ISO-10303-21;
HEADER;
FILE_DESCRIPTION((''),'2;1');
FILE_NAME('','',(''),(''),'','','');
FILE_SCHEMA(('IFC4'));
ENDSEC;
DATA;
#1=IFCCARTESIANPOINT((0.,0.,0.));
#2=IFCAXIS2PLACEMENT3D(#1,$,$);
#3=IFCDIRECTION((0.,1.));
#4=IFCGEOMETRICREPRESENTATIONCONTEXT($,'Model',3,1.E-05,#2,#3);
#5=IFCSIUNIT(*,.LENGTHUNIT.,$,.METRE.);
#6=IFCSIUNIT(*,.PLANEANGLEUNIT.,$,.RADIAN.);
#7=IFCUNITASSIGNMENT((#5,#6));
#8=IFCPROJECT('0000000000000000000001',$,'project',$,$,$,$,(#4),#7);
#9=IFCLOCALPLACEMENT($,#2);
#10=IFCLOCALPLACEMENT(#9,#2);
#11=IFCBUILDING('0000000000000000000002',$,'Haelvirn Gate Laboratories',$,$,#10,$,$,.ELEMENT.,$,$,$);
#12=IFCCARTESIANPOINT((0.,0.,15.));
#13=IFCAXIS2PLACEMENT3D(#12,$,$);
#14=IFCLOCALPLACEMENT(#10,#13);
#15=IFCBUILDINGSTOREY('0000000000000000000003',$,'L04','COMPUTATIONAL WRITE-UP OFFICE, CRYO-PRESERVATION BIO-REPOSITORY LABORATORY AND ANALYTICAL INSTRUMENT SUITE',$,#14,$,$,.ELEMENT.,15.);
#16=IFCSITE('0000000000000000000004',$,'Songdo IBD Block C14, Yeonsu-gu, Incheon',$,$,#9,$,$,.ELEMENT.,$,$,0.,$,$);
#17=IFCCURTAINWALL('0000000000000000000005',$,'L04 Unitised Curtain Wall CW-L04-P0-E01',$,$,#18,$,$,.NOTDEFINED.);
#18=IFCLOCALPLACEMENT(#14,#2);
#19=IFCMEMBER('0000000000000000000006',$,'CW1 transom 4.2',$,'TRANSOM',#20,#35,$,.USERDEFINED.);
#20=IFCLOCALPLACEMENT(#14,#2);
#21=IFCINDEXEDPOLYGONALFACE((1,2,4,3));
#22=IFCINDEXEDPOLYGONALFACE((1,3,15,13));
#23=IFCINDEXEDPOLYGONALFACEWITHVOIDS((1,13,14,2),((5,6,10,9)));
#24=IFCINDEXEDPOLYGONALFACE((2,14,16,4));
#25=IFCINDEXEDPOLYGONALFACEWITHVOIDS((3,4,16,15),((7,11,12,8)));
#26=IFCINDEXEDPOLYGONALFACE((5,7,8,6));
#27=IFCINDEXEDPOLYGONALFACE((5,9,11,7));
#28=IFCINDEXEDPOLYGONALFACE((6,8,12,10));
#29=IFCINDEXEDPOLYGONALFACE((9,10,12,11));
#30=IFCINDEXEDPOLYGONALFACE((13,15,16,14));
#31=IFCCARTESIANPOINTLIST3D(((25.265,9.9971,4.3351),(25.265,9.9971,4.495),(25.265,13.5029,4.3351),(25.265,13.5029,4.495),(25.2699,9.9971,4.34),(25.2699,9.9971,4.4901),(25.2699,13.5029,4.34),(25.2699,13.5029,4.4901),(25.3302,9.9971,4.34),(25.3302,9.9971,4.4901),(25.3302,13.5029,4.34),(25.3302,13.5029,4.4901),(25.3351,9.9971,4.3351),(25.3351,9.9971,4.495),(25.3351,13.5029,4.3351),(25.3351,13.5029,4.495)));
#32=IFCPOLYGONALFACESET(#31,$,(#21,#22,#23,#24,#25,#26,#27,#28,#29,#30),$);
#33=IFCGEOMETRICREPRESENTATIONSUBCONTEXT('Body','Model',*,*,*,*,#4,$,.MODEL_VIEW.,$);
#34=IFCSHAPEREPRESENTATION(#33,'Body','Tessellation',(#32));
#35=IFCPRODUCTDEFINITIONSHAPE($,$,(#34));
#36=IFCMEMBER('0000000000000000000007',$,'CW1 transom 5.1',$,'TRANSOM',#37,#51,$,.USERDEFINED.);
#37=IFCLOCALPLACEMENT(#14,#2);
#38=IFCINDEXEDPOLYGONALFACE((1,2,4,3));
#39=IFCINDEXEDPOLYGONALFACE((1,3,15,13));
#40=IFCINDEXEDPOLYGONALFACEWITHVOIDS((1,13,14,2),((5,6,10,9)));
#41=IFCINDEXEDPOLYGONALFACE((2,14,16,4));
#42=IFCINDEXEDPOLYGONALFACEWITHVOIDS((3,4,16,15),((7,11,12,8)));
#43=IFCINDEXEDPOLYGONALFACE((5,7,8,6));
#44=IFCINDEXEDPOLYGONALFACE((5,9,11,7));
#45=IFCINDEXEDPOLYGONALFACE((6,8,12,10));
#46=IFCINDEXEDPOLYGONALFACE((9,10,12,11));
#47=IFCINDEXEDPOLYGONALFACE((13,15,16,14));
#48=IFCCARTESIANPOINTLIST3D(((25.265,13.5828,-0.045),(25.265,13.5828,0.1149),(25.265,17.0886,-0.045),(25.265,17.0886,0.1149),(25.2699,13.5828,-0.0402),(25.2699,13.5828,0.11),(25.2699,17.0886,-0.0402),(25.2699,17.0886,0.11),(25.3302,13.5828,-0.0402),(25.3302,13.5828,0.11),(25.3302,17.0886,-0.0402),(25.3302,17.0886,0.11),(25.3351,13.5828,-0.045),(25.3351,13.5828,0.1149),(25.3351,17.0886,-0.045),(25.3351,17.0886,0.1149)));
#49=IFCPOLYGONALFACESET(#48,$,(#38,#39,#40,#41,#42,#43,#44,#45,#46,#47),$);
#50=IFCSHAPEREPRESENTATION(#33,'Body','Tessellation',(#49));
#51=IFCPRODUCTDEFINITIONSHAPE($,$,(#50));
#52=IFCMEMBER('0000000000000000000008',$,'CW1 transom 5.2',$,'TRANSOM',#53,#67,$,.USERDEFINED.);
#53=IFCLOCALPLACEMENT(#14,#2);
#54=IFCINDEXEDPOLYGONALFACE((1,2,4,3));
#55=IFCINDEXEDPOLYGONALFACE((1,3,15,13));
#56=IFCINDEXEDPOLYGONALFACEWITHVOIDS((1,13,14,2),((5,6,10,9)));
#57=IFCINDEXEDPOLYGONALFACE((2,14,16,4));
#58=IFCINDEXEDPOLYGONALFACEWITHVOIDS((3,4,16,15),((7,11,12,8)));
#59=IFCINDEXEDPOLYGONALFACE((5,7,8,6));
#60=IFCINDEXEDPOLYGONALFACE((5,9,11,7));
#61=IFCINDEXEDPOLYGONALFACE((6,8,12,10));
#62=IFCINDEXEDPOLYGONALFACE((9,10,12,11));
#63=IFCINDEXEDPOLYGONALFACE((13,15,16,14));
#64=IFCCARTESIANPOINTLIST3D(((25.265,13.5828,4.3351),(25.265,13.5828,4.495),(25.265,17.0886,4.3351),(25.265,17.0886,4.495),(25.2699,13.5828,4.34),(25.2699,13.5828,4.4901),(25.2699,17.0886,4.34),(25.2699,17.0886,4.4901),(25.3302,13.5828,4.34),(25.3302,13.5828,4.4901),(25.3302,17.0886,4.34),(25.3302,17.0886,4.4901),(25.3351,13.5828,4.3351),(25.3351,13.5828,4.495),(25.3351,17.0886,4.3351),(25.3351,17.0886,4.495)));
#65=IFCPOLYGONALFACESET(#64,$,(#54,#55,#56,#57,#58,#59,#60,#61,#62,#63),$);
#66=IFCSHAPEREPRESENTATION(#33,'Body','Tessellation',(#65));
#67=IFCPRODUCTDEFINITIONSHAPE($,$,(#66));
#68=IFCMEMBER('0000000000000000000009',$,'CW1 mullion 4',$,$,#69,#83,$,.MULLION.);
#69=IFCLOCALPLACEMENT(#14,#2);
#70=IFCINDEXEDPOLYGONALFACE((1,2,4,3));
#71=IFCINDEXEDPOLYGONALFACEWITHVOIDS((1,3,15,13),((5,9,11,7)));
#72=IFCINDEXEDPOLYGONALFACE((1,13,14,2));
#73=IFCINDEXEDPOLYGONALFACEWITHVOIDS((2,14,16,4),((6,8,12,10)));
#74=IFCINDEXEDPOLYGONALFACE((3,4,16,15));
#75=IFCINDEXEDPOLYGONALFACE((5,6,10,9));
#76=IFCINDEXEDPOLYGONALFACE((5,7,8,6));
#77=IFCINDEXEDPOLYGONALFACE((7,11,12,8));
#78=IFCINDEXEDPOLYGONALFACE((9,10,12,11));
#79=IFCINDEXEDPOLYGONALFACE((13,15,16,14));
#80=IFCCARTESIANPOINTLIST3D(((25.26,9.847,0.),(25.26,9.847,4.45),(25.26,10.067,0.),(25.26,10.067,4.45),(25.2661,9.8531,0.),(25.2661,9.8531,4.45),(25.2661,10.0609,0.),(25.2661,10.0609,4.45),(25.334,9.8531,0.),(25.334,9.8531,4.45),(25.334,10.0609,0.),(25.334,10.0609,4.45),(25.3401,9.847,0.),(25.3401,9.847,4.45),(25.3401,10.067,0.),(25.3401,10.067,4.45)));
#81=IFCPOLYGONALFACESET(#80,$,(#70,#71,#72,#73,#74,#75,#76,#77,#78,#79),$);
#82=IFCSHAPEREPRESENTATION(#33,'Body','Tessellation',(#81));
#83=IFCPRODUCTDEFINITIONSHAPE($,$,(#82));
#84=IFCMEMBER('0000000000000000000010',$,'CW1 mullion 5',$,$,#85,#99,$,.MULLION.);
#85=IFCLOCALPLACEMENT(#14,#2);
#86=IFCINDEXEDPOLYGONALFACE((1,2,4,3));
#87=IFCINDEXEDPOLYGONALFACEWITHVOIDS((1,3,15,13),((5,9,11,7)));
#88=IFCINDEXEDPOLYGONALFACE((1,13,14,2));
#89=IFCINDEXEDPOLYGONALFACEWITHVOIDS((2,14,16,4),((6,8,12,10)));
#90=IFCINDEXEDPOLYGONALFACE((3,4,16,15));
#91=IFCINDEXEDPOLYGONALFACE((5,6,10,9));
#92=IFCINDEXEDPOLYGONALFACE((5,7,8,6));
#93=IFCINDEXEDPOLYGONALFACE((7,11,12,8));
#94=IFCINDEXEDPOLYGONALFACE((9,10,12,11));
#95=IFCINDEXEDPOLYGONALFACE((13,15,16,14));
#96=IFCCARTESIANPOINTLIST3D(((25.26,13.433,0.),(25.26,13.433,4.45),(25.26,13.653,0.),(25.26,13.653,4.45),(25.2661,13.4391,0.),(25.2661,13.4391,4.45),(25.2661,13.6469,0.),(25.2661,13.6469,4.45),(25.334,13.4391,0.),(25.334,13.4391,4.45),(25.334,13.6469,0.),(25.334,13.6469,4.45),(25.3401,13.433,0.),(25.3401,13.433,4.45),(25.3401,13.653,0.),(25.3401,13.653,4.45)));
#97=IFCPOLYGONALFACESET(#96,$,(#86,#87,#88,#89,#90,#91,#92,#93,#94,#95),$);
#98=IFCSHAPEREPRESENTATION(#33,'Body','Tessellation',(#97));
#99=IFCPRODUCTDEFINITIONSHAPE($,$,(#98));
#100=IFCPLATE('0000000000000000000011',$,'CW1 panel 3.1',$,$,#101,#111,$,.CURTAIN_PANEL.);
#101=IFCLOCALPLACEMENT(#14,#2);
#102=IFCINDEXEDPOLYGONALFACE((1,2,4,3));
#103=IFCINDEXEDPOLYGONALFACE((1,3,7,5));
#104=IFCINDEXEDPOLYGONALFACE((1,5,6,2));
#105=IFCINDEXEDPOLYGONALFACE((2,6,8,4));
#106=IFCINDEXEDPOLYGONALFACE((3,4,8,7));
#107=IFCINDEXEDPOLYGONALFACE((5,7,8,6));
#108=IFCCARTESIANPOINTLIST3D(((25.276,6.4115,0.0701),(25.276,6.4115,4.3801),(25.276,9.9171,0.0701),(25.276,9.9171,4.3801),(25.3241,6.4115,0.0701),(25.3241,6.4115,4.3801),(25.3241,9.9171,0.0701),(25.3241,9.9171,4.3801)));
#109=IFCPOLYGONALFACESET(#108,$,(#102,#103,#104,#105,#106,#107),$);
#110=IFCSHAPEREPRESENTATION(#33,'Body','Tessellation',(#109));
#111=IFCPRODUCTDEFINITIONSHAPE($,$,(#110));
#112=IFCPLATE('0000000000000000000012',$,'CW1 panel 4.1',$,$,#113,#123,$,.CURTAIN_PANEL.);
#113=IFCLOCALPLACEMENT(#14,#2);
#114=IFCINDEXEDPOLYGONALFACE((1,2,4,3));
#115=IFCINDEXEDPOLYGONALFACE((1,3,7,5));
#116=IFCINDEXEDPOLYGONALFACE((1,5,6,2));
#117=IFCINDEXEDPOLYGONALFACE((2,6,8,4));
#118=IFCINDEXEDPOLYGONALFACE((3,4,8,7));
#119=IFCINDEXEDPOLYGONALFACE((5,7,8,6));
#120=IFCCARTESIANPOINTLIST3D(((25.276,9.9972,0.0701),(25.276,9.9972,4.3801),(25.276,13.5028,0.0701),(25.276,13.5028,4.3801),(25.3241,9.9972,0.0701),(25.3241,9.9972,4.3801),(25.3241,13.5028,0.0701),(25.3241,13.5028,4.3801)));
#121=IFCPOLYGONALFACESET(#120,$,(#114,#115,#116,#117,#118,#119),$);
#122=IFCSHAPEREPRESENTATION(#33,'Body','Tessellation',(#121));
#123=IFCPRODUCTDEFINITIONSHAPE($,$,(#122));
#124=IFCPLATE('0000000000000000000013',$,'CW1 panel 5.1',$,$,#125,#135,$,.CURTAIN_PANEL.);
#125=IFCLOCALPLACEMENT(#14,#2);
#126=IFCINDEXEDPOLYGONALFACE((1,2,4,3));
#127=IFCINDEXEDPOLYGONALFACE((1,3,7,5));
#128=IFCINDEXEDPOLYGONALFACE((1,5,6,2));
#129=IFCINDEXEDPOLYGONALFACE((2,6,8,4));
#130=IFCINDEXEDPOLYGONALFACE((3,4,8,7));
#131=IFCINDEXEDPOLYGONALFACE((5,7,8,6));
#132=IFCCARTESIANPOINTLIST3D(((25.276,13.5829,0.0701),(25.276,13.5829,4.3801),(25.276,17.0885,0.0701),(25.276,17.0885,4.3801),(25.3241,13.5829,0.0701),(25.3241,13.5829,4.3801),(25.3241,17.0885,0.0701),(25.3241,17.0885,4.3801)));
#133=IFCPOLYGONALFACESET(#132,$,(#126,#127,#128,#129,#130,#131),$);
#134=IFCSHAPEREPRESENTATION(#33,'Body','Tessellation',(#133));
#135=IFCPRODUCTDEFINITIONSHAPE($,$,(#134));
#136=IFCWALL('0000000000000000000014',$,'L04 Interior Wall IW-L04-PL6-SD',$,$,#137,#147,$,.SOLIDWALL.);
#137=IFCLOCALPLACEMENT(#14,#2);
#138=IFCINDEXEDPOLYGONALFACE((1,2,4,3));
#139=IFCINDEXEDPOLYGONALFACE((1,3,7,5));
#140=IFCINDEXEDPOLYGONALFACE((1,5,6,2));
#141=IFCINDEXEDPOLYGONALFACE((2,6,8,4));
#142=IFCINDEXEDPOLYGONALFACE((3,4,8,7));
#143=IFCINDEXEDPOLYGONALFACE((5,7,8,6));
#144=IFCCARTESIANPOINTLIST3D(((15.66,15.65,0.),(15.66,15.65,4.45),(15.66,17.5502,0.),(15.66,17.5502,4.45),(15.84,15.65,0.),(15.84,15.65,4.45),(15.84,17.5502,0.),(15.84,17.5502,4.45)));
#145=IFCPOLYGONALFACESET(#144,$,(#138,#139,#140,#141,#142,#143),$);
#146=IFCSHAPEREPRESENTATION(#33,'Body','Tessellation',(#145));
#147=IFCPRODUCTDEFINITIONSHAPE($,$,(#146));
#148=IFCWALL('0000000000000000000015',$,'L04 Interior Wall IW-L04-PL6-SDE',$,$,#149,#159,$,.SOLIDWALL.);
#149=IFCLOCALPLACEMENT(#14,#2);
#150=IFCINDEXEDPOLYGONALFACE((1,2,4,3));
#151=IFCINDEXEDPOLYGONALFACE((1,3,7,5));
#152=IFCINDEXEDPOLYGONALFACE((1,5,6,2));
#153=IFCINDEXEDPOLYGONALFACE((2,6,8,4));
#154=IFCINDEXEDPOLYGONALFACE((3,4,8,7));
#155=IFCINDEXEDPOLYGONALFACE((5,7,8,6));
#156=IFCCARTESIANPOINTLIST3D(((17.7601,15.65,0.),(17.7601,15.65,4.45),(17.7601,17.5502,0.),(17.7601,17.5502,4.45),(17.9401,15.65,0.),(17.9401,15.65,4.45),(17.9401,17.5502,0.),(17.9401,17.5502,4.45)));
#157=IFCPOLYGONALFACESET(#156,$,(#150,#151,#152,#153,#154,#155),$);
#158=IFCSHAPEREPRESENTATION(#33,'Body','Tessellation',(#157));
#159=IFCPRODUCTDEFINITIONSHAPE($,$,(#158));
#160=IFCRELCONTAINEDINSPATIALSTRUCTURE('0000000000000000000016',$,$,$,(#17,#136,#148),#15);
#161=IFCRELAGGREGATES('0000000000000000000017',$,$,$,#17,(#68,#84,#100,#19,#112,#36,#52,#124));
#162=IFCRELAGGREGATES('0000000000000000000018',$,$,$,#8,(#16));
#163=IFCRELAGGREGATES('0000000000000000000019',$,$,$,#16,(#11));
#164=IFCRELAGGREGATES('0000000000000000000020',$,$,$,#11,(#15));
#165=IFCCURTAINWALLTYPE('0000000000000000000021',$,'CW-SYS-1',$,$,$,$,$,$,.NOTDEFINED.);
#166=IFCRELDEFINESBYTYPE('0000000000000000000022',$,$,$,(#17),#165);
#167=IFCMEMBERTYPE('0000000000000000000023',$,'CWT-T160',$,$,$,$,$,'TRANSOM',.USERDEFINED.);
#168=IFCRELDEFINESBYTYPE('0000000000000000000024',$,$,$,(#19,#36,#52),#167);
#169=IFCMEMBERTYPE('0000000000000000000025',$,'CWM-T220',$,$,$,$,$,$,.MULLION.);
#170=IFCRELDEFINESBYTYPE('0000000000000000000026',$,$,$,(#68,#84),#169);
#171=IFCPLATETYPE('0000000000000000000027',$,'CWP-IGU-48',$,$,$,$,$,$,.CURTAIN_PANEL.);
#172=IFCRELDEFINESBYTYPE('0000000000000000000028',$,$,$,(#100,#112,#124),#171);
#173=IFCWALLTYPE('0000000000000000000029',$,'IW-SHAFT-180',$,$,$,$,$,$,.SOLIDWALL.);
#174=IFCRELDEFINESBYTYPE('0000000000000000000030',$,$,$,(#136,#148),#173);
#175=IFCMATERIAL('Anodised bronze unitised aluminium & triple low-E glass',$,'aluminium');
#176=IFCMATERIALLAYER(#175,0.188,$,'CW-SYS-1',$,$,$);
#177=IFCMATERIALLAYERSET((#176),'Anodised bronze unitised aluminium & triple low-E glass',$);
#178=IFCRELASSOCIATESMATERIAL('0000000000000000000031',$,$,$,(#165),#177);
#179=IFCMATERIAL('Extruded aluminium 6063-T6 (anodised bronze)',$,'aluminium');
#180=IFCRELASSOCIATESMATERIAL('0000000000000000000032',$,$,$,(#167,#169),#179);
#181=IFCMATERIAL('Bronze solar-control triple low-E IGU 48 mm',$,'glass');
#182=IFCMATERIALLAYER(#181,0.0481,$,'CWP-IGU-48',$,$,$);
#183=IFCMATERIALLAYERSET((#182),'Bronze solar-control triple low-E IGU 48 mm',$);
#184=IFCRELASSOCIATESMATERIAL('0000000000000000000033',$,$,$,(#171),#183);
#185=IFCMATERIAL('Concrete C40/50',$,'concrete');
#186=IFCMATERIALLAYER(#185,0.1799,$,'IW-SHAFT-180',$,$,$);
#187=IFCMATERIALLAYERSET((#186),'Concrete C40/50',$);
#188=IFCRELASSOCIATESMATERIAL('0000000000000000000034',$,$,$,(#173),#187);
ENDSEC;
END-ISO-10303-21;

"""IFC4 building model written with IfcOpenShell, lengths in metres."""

from ifc_helpers import new_model, si_unit, direction, frame, frame_2d, origin, origin_2d, place, context, subcontext, project, spatial, rectangle, hollow_rectangle, extrude, source, transform, mapped, material, layer, layer_set, material_profile, profile_set, type_object, type_shapes, element, aggregate, save


model = new_model("IFC4")

# Units and contexts
model_context = context("Model", 3, precision=1e-05, world=origin(), true_north=direction((0.0, 1.0)))
body_context = subcontext(model_context, "Body", "Model", "MODEL_VIEW")
ifc_project = project(units=[si_unit("LENGTHUNIT", "METRE"), si_unit("PLANEANGLEUNIT", "RADIAN")], contexts=[model_context])

# Site, building, storey
site_placement = place(None, origin())
site = spatial("IfcSite", under=ifc_project, at=site_placement, Name="Songdo IBD Block C14, Yeonsu-gu, Incheon", CompositionType="ELEMENT", RefElevation=0.0)
building_placement = place(site_placement, origin())
building = spatial("IfcBuilding", under=site, at=building_placement, Name="Haelvirn Gate Laboratories", CompositionType="ELEMENT")
storey_placement = place(building_placement, frame((0.0, 0.0, 15.0)))
storey = spatial("IfcBuildingStorey", under=building, at=storey_placement, Name="L04", Description="COMPUTATIONAL WRITE-UP OFFICE, CRYO-PRESERVATION BIO-REPOSITORY LABORATORY AND ANALYTICAL INSTRUMENT SUITE", CompositionType="ELEMENT", Elevation=15.0)

# Curtain wall, members, plates
ifc_material_1 = material(Name="Anodised bronze unitised aluminium & triple low-E glass", Category="aluminium")
ifc_layer_1 = layer(ifc_material_1, 0.188, Name="CW-SYS-1")
ifc_layer_set_1 = layer_set([ifc_layer_1], Name="Anodised bronze unitised aluminium & triple low-E glass")
curtain_wall_type = type_object("IfcCurtainWallType", Name="CW-SYS-1", PredefinedType="NOTDEFINED", material=ifc_layer_set_1)
curtain_wall_placement = place(storey_placement, origin())
curtain_wall = element("IfcCurtainWall", 1, at=curtain_wall_placement, inside=storey, type_object=curtain_wall_type, Name="L04 Unitised Curtain Wall CW-L04-P0-E01", PredefinedType="NOTDEFINED")
ifc_material_2 = material(Name="Extruded aluminium 6063-T6 (anodised bronze)", Category="aluminium")
ifc_material_profile_1 = material_profile(ifc_material_2, hollow_rectangle(XDim=0.0701, YDim=0.1599, WallThickness=0.0049, at=origin_2d()), Name="CWT-160x70x5")
ifc_profile_set_1 = profile_set([ifc_material_profile_1], Name="Extruded aluminium 6063-T6 (anodised bronze)")
member_type_1 = type_object("IfcMemberType", Name="CWT-T160", ElementType="TRANSOM", PredefinedType="USERDEFINED", material=ifc_profile_set_1)
shared_shape_1 = source(origin(), body_context, "Body", "SweptSolid", [
    extrude(hollow_rectangle(XDim=0.0701, YDim=0.1599, WallThickness=0.0049, at=origin_2d()), origin(), (0.0, 0.0, 1.0), 3.5059),
])
type_shapes(member_type_1, [shared_shape_1])
member_1_placement = place(storey_placement, frame((25.3, 9.9971, 4.415), z_axis=(0.0, 1.0, 0.0), x_axis=(-1.0, 0.0, 0.0)))
member_1 = element("IfcMember", 2, at=member_1_placement, type_object=member_type_1, Name="CW1 transom 4.2", ObjectType="TRANSOM", PredefinedType="USERDEFINED", context=body_context, shape_type="MappedRepresentation", body=[
    mapped(shared_shape_1, transform((0.0, 0.0, 0.0), scale=1.0)),
])
member_2_placement = place(storey_placement, frame((25.3, 13.5828, 0.0349), z_axis=(0.0, 1.0, 0.0), x_axis=(-1.0, 0.0, 0.0)))
member_2 = element("IfcMember", 3, at=member_2_placement, type_object=member_type_1, Name="CW1 transom 5.1", ObjectType="TRANSOM", PredefinedType="USERDEFINED", context=body_context, shape_type="MappedRepresentation", body=[
    mapped(shared_shape_1, transform((0.0, 0.0, 0.0), scale=1.0)),
])
member_3_placement = place(storey_placement, frame((25.3, 13.5828, 4.415), z_axis=(0.0, 1.0, 0.0), x_axis=(-1.0, 0.0, 0.0)))
member_3 = element("IfcMember", 4, at=member_3_placement, type_object=member_type_1, Name="CW1 transom 5.2", ObjectType="TRANSOM", PredefinedType="USERDEFINED", context=body_context, shape_type="MappedRepresentation", body=[
    mapped(shared_shape_1, transform((0.0, 0.0, 0.0), scale=1.0)),
])
ifc_material_profile_2 = material_profile(ifc_material_2, hollow_rectangle(XDim=0.0801, YDim=0.22, WallThickness=0.0061, at=origin_2d()), Name="CWM-220x80x6")
ifc_profile_set_2 = profile_set([ifc_material_profile_2], Name="Extruded aluminium 6063-T6 (anodised bronze)")
member_type_2 = type_object("IfcMemberType", Name="CWM-T220", PredefinedType="MULLION", material=ifc_profile_set_2)
shared_shape_2 = source(origin(), body_context, "Body", "SweptSolid", [
    extrude(hollow_rectangle(XDim=0.0801, YDim=0.22, WallThickness=0.0061, at=origin_2d()), origin(), (0.0, 0.0, 1.0), 4.45),
])
type_shapes(member_type_2, [shared_shape_2])
member_4_placement = place(storey_placement, frame((25.3, 9.957, 0.0), z_axis=(0.0, 0.0, 1.0), x_axis=(-1.0, 0.0, 0.0)))
member_4 = element("IfcMember", 5, at=member_4_placement, type_object=member_type_2, Name="CW1 mullion 4", PredefinedType="MULLION", context=body_context, shape_type="MappedRepresentation", body=[
    mapped(shared_shape_2, transform((0.0, 0.0, 0.0), scale=1.0)),
])
member_5_placement = place(storey_placement, frame((25.3, 13.543, 0.0), z_axis=(0.0, 0.0, 1.0), x_axis=(-1.0, 0.0, 0.0)))
member_5 = element("IfcMember", 6, at=member_5_placement, type_object=member_type_2, Name="CW1 mullion 5", PredefinedType="MULLION", context=body_context, shape_type="MappedRepresentation", body=[
    mapped(shared_shape_2, transform((0.0, 0.0, 0.0), scale=1.0)),
])
ifc_material_3 = material(Name="Bronze solar-control triple low-E IGU 48 mm", Category="glass")
ifc_layer_2 = layer(ifc_material_3, 0.0481, Name="CWP-IGU-48")
ifc_layer_set_2 = layer_set([ifc_layer_2], Name="Bronze solar-control triple low-E IGU 48 mm")
plate_type = type_object("IfcPlateType", Name="CWP-IGU-48", PredefinedType="CURTAIN_PANEL", material=ifc_layer_set_2)
shared_shape_3 = source(origin(), body_context, "Body", "SweptSolid", [
    extrude(rectangle(XDim=3.5056, YDim=0.0481, at=origin_2d()), origin(), (0.0, 0.0, 1.0), 4.3101),
])
type_shapes(plate_type, [shared_shape_3])
plate_1_placement = place(storey_placement, frame((25.3, 8.1643, 0.0701), z_axis=(0.0, 0.0, 1.0), x_axis=(0.0, 1.0, 0.0)))
plate_1 = element("IfcPlate", 7, at=plate_1_placement, type_object=plate_type, Name="CW1 panel 3.1", PredefinedType="CURTAIN_PANEL", context=body_context, shape_type="MappedRepresentation", body=[
    mapped(shared_shape_3, transform((0.0, 0.0, 0.0), scale=1.0)),
])
plate_2_placement = place(storey_placement, frame((25.3, 11.75, 0.0701), z_axis=(0.0, 0.0, 1.0), x_axis=(0.0, 1.0, 0.0)))
plate_2 = element("IfcPlate", 8, at=plate_2_placement, type_object=plate_type, Name="CW1 panel 4.1", PredefinedType="CURTAIN_PANEL", context=body_context, shape_type="MappedRepresentation", body=[
    mapped(shared_shape_3, transform((0.0, 0.0, 0.0), scale=1.0)),
])
plate_3_placement = place(storey_placement, frame((25.3, 15.3357, 0.0701), z_axis=(0.0, 0.0, 1.0), x_axis=(0.0, 1.0, 0.0)))
plate_3 = element("IfcPlate", 9, at=plate_3_placement, type_object=plate_type, Name="CW1 panel 5.1", PredefinedType="CURTAIN_PANEL", context=body_context, shape_type="MappedRepresentation", body=[
    mapped(shared_shape_3, transform((0.0, 0.0, 0.0), scale=1.0)),
])
aggregate(curtain_wall, [member_4, member_5, plate_1, member_1, plate_2, member_2, member_3, plate_3])

# Walls
ifc_material_4 = material(Name="Concrete C40/50", Category="concrete")
ifc_layer_3 = layer(ifc_material_4, 0.1799, Name="IW-SHAFT-180")
ifc_layer_set_3 = layer_set([ifc_layer_3], Name="Concrete C40/50")
wall_type_1 = type_object("IfcWallType", Name="IW-SHAFT-180", PredefinedType="SOLIDWALL", material=ifc_layer_set_3)
for number, where, z_axis, x_axis, name in (
    (10, (15.75, 15.6499, 0.0), (0.0, 0.0, 1.0), (0.0, 1.0, 0.0), "L04 Interior Wall IW-L04-PL6-SD"),
    (11, (17.8501, 15.6499, 0.0), (0.0, 0.0, 1.0), (0.0, 1.0, 0.0), "L04 Interior Wall IW-L04-PL6-SDE"),
):
    element("IfcWall", number, at=place(storey_placement, frame(where, z_axis=z_axis, x_axis=x_axis)), inside=storey, type_object=wall_type_1, Name=name, PredefinedType="SOLIDWALL", context=body_context, shape_type="SweptSolid", body=[
        extrude(rectangle(XDim=1.9001, YDim=0.1799, at=frame_2d((0.9502, 0.0))), origin(), (0.0, 0.0, 1.0), 4.45),
    ])

save(model, "model.ifc")
